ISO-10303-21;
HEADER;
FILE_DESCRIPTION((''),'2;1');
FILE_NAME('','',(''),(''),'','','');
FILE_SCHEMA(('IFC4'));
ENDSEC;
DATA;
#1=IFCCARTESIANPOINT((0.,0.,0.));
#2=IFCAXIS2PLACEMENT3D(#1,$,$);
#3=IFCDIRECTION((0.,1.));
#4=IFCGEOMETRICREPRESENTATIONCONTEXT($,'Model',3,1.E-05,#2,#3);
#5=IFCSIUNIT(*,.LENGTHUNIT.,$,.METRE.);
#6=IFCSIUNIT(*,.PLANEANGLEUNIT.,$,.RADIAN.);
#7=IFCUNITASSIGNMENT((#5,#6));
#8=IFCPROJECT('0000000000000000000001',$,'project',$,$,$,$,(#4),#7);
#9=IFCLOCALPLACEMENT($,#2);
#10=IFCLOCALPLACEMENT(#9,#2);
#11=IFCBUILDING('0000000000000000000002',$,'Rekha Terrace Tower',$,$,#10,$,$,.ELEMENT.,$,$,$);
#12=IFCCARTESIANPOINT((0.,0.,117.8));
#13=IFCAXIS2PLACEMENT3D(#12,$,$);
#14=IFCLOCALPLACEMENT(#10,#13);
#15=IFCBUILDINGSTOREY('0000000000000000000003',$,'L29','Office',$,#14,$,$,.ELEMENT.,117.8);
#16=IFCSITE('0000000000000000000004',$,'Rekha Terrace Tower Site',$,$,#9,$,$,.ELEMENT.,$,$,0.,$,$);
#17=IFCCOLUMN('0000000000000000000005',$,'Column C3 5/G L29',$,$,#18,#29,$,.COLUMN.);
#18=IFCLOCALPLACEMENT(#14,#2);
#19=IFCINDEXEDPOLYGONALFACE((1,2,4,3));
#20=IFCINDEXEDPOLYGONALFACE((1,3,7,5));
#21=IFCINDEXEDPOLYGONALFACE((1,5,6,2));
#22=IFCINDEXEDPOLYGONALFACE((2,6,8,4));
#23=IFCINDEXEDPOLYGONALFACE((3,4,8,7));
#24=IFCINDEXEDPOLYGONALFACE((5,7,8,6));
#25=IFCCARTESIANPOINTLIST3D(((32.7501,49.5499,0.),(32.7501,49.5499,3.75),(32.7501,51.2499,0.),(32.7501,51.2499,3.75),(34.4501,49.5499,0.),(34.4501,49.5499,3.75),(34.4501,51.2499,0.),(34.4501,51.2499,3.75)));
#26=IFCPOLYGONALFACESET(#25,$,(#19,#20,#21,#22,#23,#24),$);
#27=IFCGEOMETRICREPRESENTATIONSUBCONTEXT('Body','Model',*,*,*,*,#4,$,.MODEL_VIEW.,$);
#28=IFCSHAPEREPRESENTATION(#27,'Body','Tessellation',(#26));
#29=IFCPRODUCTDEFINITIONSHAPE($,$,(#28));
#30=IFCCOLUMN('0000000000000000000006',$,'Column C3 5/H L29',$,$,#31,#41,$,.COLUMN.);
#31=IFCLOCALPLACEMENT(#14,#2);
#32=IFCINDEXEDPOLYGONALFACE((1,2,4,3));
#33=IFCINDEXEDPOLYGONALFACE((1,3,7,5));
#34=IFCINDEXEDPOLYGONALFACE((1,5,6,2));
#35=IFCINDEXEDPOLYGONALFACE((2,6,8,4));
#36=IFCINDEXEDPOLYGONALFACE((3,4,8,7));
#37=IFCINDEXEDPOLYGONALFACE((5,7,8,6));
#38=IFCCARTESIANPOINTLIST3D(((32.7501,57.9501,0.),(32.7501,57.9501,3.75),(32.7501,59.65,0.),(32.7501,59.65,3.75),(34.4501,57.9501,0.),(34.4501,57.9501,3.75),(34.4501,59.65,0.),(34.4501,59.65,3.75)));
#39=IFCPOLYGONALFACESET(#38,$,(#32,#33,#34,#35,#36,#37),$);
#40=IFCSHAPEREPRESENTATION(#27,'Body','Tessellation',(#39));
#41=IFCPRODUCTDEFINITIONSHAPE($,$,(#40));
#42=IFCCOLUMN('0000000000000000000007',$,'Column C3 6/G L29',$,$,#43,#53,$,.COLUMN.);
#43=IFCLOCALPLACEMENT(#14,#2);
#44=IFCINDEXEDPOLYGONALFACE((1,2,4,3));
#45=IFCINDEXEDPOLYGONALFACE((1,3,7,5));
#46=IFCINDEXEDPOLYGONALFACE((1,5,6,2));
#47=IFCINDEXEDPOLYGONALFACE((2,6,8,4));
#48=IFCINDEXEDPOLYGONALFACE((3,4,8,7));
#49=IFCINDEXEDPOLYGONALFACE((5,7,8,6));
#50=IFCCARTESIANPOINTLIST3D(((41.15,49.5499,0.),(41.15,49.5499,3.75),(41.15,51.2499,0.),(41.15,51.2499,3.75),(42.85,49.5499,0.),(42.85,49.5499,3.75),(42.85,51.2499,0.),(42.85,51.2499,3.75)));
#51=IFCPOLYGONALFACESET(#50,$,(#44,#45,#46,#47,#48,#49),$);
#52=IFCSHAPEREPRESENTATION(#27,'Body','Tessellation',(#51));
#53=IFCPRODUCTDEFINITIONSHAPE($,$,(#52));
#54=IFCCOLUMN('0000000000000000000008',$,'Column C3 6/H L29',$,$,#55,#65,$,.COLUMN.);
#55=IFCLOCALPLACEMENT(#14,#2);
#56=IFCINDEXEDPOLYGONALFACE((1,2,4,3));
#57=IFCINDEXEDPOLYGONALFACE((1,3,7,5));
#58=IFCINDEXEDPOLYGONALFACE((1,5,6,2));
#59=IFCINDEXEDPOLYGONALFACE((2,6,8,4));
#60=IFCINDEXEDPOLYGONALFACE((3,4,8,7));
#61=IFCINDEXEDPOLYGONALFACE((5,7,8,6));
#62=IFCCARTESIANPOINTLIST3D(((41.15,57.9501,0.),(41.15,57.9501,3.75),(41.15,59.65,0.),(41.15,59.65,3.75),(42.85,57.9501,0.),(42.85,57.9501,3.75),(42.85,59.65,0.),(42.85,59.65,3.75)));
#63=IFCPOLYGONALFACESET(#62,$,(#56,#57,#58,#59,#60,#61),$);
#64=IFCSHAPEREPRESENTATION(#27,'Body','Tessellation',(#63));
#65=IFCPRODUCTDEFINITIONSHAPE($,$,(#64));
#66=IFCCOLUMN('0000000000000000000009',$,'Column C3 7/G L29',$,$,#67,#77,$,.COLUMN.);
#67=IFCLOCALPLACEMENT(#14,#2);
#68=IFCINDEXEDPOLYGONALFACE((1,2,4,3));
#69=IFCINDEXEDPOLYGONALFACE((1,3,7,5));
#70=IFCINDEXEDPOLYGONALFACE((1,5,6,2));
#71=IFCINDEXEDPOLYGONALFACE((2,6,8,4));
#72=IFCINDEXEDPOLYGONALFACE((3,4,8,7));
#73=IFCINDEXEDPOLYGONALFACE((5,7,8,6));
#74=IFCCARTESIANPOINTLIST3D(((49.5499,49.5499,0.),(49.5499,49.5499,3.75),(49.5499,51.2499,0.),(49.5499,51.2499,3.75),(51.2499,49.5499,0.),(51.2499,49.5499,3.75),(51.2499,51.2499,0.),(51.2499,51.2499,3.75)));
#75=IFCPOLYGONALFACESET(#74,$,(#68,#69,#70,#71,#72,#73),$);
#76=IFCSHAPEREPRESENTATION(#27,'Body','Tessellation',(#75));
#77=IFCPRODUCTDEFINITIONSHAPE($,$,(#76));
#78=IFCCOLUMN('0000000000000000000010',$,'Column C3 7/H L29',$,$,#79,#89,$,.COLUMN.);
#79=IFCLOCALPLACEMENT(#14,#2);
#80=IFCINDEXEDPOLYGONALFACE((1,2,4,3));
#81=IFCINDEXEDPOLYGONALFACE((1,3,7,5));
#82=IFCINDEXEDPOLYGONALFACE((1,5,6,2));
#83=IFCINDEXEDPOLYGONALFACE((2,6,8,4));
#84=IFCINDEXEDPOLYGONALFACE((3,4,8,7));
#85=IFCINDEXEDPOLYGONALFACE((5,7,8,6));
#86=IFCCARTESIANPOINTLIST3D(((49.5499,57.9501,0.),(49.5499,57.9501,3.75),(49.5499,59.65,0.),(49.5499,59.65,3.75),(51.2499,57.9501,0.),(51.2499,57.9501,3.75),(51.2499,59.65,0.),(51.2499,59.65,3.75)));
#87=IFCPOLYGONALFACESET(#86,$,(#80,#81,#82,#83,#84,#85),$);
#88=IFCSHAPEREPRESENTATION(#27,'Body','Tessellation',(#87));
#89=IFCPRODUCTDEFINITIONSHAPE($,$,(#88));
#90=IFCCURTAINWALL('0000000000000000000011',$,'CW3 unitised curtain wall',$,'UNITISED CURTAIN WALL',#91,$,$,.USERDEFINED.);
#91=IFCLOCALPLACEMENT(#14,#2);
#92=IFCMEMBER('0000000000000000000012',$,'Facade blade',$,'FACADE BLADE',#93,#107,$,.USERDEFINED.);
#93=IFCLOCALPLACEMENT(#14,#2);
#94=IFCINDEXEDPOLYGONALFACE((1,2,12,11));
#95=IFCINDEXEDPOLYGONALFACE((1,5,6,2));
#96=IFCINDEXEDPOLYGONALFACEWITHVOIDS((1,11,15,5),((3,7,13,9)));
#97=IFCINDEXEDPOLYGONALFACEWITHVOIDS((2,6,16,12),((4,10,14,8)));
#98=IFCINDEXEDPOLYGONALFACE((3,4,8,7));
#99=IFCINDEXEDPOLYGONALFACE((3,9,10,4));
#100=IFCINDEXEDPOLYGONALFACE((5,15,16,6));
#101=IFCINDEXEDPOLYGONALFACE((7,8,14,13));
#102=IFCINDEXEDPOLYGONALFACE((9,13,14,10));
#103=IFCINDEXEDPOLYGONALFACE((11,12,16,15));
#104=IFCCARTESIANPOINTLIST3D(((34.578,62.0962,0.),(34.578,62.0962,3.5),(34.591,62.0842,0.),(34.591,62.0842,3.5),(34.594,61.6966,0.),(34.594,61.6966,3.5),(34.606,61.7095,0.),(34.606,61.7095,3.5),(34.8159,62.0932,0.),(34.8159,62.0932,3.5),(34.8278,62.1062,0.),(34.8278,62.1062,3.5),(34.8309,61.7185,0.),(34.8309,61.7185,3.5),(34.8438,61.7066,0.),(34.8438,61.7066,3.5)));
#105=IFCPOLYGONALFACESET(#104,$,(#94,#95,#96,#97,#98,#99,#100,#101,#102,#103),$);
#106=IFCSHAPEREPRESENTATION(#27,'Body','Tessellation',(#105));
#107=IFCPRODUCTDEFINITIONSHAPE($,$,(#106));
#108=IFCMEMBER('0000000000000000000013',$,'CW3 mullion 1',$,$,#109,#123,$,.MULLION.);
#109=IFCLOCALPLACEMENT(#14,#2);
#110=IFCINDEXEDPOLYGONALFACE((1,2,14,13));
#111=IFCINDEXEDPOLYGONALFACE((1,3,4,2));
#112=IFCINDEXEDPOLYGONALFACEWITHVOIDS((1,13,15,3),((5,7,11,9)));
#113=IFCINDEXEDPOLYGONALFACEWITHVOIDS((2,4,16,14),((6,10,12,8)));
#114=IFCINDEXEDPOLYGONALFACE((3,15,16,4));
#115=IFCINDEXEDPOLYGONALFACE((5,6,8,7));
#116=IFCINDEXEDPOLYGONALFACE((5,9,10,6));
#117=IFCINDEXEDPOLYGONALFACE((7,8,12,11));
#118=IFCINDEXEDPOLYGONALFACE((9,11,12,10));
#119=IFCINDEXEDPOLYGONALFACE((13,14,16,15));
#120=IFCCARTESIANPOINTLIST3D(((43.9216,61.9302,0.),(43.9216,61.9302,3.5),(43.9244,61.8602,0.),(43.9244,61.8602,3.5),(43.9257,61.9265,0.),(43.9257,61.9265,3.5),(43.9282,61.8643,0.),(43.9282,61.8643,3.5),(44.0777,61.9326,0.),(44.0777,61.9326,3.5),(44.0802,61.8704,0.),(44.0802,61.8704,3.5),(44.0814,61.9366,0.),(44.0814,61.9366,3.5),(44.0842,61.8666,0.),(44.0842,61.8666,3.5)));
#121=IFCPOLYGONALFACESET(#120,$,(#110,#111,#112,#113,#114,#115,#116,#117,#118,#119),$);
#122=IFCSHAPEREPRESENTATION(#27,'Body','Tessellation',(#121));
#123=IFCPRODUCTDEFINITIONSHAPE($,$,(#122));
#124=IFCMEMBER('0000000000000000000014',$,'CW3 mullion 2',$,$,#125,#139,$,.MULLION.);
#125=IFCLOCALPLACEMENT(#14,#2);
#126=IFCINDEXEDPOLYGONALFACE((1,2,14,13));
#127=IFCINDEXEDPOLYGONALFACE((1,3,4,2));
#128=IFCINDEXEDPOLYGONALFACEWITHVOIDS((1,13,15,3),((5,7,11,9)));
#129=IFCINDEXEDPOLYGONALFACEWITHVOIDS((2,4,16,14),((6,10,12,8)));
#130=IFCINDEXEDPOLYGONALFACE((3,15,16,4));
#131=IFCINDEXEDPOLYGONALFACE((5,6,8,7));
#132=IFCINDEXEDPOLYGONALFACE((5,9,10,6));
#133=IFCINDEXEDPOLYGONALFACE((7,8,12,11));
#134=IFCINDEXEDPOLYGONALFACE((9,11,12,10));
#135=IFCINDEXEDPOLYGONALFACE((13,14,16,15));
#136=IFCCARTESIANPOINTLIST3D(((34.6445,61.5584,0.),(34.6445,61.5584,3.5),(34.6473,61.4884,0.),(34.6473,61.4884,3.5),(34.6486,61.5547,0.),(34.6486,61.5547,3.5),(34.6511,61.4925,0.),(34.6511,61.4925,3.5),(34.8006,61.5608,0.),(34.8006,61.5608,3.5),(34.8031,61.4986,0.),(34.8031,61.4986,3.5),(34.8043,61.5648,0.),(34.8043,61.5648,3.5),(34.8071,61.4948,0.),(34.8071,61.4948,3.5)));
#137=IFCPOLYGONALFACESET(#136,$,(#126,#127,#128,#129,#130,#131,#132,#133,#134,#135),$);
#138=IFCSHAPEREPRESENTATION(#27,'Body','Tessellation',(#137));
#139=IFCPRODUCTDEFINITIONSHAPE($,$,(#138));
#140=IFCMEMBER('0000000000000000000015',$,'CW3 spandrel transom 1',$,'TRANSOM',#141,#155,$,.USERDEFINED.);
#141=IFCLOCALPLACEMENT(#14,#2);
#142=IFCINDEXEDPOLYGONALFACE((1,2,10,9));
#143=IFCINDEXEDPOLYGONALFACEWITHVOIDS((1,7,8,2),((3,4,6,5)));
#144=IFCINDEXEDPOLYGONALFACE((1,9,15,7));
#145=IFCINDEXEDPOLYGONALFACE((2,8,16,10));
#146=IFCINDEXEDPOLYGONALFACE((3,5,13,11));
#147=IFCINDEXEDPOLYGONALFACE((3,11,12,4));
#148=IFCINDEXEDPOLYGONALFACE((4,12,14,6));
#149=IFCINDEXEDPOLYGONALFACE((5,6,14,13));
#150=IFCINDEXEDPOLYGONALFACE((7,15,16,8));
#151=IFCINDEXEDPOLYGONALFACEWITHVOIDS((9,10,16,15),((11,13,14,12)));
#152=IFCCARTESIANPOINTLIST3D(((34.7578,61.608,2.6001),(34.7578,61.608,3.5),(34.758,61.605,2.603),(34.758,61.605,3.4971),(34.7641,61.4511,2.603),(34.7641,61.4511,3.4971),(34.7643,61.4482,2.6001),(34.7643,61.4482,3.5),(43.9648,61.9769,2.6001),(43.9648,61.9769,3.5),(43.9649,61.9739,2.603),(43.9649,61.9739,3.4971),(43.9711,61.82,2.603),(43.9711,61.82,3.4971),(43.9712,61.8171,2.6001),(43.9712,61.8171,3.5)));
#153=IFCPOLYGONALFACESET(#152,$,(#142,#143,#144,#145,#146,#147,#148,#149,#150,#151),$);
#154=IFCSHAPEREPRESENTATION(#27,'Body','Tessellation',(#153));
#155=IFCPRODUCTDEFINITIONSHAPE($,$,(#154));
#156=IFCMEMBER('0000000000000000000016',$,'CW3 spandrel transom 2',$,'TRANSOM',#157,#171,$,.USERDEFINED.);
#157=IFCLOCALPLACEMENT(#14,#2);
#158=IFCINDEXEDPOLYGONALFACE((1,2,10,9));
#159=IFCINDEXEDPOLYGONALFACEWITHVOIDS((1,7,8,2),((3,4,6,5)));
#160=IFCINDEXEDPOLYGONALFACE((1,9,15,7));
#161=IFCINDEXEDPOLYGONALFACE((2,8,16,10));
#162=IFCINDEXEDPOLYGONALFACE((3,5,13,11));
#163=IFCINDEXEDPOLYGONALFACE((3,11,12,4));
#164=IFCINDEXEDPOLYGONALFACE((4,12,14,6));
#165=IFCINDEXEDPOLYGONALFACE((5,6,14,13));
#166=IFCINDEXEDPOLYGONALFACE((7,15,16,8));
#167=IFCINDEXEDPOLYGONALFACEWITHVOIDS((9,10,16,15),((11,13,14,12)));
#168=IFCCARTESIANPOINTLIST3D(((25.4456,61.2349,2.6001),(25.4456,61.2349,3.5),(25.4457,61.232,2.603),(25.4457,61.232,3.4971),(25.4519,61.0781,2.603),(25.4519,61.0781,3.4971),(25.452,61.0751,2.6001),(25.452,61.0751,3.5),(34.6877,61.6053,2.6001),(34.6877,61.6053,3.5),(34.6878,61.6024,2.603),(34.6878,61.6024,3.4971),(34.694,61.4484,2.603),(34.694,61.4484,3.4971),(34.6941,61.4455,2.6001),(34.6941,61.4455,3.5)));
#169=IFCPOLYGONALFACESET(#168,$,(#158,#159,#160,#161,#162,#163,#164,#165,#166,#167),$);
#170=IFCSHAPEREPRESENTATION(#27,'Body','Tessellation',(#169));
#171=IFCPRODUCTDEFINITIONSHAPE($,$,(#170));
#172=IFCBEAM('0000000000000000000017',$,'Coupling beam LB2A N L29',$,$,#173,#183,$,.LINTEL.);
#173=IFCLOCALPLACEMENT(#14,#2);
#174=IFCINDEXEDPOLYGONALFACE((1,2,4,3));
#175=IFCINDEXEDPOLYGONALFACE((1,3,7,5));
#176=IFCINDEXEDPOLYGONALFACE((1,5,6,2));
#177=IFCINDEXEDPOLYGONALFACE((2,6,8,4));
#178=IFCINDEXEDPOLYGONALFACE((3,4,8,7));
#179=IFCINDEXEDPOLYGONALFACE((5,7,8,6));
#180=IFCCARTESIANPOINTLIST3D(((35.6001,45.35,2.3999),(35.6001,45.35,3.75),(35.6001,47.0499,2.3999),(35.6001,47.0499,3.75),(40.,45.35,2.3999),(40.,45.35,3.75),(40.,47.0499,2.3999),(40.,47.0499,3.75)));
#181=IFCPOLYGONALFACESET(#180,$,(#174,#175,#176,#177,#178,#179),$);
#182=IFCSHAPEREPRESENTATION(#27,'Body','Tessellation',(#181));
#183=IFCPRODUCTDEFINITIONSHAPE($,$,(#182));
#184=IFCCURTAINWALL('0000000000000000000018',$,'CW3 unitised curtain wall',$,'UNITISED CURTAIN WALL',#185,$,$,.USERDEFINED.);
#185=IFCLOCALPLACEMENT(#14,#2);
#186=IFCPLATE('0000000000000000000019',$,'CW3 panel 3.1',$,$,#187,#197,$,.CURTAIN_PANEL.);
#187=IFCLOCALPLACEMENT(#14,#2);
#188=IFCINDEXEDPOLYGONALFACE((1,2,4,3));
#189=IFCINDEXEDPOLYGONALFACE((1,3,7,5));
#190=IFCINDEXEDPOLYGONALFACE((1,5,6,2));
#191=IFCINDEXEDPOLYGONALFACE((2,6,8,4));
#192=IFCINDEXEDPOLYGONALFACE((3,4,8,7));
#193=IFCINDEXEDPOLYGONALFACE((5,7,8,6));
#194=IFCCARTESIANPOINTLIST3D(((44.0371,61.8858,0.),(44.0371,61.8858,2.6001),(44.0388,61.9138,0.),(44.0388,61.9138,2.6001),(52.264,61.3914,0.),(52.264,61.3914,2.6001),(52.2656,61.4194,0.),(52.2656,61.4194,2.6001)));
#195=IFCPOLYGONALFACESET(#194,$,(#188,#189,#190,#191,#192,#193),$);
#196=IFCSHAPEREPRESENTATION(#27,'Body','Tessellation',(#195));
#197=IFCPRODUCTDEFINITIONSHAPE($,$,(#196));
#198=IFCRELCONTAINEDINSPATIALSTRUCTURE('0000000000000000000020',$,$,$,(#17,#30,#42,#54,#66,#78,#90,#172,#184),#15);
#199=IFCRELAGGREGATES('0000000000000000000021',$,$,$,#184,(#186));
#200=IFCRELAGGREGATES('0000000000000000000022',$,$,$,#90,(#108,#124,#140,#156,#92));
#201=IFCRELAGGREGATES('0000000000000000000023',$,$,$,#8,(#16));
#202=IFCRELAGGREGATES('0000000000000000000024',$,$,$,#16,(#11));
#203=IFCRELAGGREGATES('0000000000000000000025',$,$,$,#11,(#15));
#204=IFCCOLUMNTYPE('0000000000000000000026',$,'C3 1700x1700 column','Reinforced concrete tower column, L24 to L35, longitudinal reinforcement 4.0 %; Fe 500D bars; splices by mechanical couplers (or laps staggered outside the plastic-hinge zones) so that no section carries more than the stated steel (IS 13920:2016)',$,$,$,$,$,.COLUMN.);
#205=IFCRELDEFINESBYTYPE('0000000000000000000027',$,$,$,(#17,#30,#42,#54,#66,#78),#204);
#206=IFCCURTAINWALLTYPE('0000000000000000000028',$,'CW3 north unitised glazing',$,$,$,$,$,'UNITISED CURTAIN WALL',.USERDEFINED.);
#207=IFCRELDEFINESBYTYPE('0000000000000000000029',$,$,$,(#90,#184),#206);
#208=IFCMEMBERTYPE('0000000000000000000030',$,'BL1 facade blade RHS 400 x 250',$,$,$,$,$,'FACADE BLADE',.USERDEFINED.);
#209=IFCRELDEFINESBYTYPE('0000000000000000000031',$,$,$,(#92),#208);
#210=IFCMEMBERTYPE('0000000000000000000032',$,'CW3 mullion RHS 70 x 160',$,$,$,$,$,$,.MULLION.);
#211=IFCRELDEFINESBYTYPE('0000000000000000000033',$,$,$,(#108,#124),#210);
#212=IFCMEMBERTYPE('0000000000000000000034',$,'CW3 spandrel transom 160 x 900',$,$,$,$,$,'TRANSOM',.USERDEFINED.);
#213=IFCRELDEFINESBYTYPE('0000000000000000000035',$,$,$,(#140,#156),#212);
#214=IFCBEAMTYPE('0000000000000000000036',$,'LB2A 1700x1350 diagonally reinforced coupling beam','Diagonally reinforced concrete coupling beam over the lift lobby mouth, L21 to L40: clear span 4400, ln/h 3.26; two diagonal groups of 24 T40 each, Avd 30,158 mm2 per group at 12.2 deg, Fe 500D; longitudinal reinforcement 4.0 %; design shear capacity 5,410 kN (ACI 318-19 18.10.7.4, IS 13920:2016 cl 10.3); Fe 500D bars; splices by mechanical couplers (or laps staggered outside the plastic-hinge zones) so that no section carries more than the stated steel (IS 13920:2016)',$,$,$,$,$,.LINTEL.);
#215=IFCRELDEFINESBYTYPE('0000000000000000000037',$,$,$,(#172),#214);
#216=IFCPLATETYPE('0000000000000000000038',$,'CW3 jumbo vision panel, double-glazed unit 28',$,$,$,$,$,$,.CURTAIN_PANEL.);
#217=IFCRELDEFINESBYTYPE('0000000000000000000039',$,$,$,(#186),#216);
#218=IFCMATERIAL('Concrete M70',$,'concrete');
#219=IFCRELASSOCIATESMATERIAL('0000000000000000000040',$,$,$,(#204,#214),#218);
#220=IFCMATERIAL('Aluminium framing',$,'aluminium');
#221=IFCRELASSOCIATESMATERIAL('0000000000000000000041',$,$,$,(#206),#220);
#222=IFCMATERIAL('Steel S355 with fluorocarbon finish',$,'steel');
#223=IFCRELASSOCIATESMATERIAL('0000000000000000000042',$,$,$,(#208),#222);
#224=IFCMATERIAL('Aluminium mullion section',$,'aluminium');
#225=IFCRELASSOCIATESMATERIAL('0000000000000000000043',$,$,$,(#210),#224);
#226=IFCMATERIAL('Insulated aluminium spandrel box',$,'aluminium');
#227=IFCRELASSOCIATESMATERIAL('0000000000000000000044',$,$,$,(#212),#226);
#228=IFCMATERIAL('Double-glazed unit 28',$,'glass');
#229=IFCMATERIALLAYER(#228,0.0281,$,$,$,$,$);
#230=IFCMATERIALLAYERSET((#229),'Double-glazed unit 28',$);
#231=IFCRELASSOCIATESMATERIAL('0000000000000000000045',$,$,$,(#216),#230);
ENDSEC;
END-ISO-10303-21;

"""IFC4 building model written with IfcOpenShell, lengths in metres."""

from ifc_helpers import new_model, si_unit, direction, frame, origin, origin_2d, place, context, subcontext, project, spatial, rectangle, hollow_rectangle, extrude, material, layer, layer_set, material_profile, profile_set, type_object, element, aggregate, save


model = new_model("IFC4")

# Units and contexts
model_context = context("Model", 3, precision=1e-05, world=origin(), true_north=direction((0.0, 1.0)))
body_context = subcontext(model_context, "Body", "Model", "MODEL_VIEW")
ifc_project = project(units=[si_unit("LENGTHUNIT", "METRE"), si_unit("PLANEANGLEUNIT", "RADIAN")], contexts=[model_context])

# Site, building, storey
site_placement = place(None, origin())
site = spatial("IfcSite", under=ifc_project, at=site_placement, Name="Rekha Terrace Tower Site", CompositionType="ELEMENT", RefElevation=0.0)
building_placement = place(site_placement, origin())
building = spatial("IfcBuilding", under=site, at=building_placement, Name="Rekha Terrace Tower", CompositionType="ELEMENT")
storey_placement = place(building_placement, frame((0.0, 0.0, 117.8)))
storey = spatial("IfcBuildingStorey", under=building, at=storey_placement, Name="L29", Description="Office", CompositionType="ELEMENT", Elevation=117.8)

# Columns
ifc_material_1 = material(Name="Concrete M70", Category="concrete")
ifc_material_profile_1 = material_profile(ifc_material_1, rectangle(XDim=1.7, YDim=1.7, at=origin_2d()), Name="RC 1700x1700")
ifc_profile_set_1 = profile_set([ifc_material_profile_1], Name="Concrete M70")
column_type = type_object("IfcColumnType", Name="C3 1700x1700 column", Description="Reinforced concrete tower column, L24 to L35, longitudinal reinforcement 4.0 %; Fe 500D bars; splices by mechanical couplers (or laps staggered outside the plastic-hinge zones) so that no section carries more than the stated steel (IS 13920:2016)", PredefinedType="COLUMN", material=ifc_profile_set_1)
for number, where, z_axis, x_axis, name in (
    (1, (33.6001, 50.3999, 0.0), (0.0, 0.0, 1.0), (1.0, 0.0, 0.0), "Column C3 5/G L29"),
    (2, (33.6001, 58.8, 0.0), (0.0, 0.0, 1.0), (1.0, 0.0, 0.0), "Column C3 5/H L29"),
    (3, (42.0, 50.3999, 0.0), (0.0, 0.0, 1.0), (1.0, 0.0, 0.0), "Column C3 6/G L29"),
    (4, (42.0, 58.8, 0.0), (0.0, 0.0, 1.0), (1.0, 0.0, 0.0), "Column C3 6/H L29"),
    (5, (50.3999, 50.3999, 0.0), (0.0, 0.0, 1.0), (1.0, 0.0, 0.0), "Column C3 7/G L29"),
    (6, (50.3999, 58.8, 0.0), (0.0, 0.0, 1.0), (1.0, 0.0, 0.0), "Column C3 7/H L29"),
):
    element("IfcColumn", number, at=place(storey_placement, frame(where, z_axis=z_axis, x_axis=x_axis)), inside=storey, type_object=column_type, Name=name, PredefinedType="COLUMN", context=body_context, shape_type="SweptSolid", body=[
        extrude(rectangle(XDim=1.7, YDim=1.7, at=origin_2d()), origin(), (0.0, 0.0, 1.0), 3.75),
    ])

# Curtain wall, members
ifc_material_2 = material(Name="Aluminium framing", Category="aluminium")
curtain_wall_type = type_object("IfcCurtainWallType", Name="CW3 north unitised glazing", ElementType="UNITISED CURTAIN WALL", PredefinedType="USERDEFINED", material=ifc_material_2)
curtain_wall_1_placement = place(storey_placement, origin())
curtain_wall_1 = element("IfcCurtainWall", 7, at=curtain_wall_1_placement, inside=storey, type_object=curtain_wall_type, Name="CW3 unitised curtain wall", ObjectType="UNITISED CURTAIN WALL", PredefinedType="USERDEFINED")
ifc_material_3 = material(Name="Steel S355 with fluorocarbon finish", Category="steel")
ifc_material_profile_2 = material_profile(ifc_material_3, hollow_rectangle(XDim=0.25, YDim=0.3999, WallThickness=0.0125, at=origin_2d()), Name="RHS400x250x12.5")
ifc_profile_set_2 = profile_set([ifc_material_profile_2], Name="Steel S355 with fluorocarbon finish")
member_type_1 = type_object("IfcMemberType", Name="BL1 facade blade RHS 400 x 250", ElementType="FACADE BLADE", PredefinedType="USERDEFINED", material=ifc_profile_set_2)
member_1_placement = place(storey_placement, frame((34.7109, 61.9014, 0.0), z_axis=(0.0, 0.0, 1.0), x_axis=(-0.999198, -0.040032, 0.0)))
member_1 = element("IfcMember", 8, at=member_1_placement, type_object=member_type_1, Name="Facade blade", ObjectType="FACADE BLADE", PredefinedType="USERDEFINED", context=body_context, shape_type="SweptSolid", body=[
    extrude(hollow_rectangle(XDim=0.25, YDim=0.3999, WallThickness=0.0125, at=origin_2d()), origin(), (0.0, 0.0, 1.0), 3.5),
])
ifc_material_4 = material(Name="Aluminium mullion section", Category="aluminium")
ifc_material_profile_3 = material_profile(ifc_material_4, hollow_rectangle(XDim=0.0701, YDim=0.1599, WallThickness=0.0039, at=origin_2d()), Name="AL RHS 70x160")
ifc_profile_set_3 = profile_set([ifc_material_profile_3], Name="Aluminium mullion section")
member_type_2 = type_object("IfcMemberType", Name="CW3 mullion RHS 70 x 160", PredefinedType="MULLION", material=ifc_profile_set_3)
member_2_placement = place(storey_placement, frame((44.0029, 61.8984, 0.0), z_axis=(0.0, 0.0, 1.0), x_axis=(0.040032, -0.999198, 0.0)))
member_2 = element("IfcMember", 9, at=member_2_placement, type_object=member_type_2, Name="CW3 mullion 1", PredefinedType="MULLION", context=body_context, shape_type="SweptSolid", body=[
    extrude(hollow_rectangle(XDim=0.0701, YDim=0.1599, WallThickness=0.0039, at=origin_2d()), origin(), (0.0, 0.0, 1.0), 3.5),
])
member_3_placement = place(storey_placement, frame((34.7258, 61.5266, 0.0), z_axis=(0.0, 0.0, 1.0), x_axis=(0.040032, -0.999198, 0.0)))
member_3 = element("IfcMember", 10, at=member_3_placement, type_object=member_type_2, Name="CW3 mullion 2", PredefinedType="MULLION", context=body_context, shape_type="SweptSolid", body=[
    extrude(hollow_rectangle(XDim=0.0701, YDim=0.1599, WallThickness=0.0039, at=origin_2d()), origin(), (0.0, 0.0, 1.0), 3.5),
])
ifc_material_5 = material(Name="Insulated aluminium spandrel box", Category="aluminium")
ifc_material_profile_4 = material_profile(ifc_material_5, hollow_rectangle(XDim=0.1599, YDim=0.8999, WallThickness=0.0029, at=origin_2d()), Name="AL SPANDREL BOX 160x900")
ifc_profile_set_4 = profile_set([ifc_material_profile_4], Name="Insulated aluminium spandrel box")
member_type_3 = type_object("IfcMemberType", Name="CW3 spandrel transom 160 x 900", ElementType="TRANSOM", PredefinedType="USERDEFINED", material=ifc_profile_set_4)
member_4_placement = place(storey_placement, frame((43.968, 61.897, 3.05), z_axis=(-0.999198, -0.040035, 0.0), x_axis=(0.040035, -0.999198, 0.0)))
member_4 = element("IfcMember", 11, at=member_4_placement, type_object=member_type_3, Name="CW3 spandrel transom 1", ObjectType="TRANSOM", PredefinedType="USERDEFINED", context=body_context, shape_type="SweptSolid", body=[
    extrude(hollow_rectangle(XDim=0.1599, YDim=0.8999, WallThickness=0.0029, at=origin_2d()), origin(), (0.0, 0.0, 1.0), 9.2144),
])
member_5_placement = place(storey_placement, frame((34.6909, 61.5254, 3.05), z_axis=(-0.999198, -0.040041, 0.0), x_axis=(0.040041, -0.999198, 0.0)))
member_5 = element("IfcMember", 12, at=member_5_placement, type_object=member_type_3, Name="CW3 spandrel transom 2", ObjectType="TRANSOM", PredefinedType="USERDEFINED", context=body_context, shape_type="SweptSolid", body=[
    extrude(hollow_rectangle(XDim=0.1599, YDim=0.8999, WallThickness=0.0029, at=origin_2d()), origin(), (0.0, 0.0, 1.0), 9.2495),
])

# Beam
ifc_material_profile_5 = material_profile(ifc_material_1, rectangle(XDim=1.7, YDim=1.3501, at=origin_2d()), Name="RC 1700x1350")
ifc_profile_set_5 = profile_set([ifc_material_profile_5], Name="Concrete M70")
beam_type = type_object("IfcBeamType", Name="LB2A 1700x1350 diagonally reinforced coupling beam", Description="Diagonally reinforced concrete coupling beam over the lift lobby mouth, L21 to L40: clear span 4400, ln/h 3.26; two diagonal groups of 24 T40 each, Avd 30,158 mm2 per group at 12.2 deg, Fe 500D; longitudinal reinforcement 4.0 %; design shear capacity 5,410 kN (ACI 318-19 18.10.7.4, IS 13920:2016 cl 10.3); Fe 500D bars; splices by mechanical couplers (or laps staggered outside the plastic-hinge zones) so that no section carries more than the stated steel (IS 13920:2016)", PredefinedType="LINTEL", material=ifc_profile_set_5)
beam_placement = place(storey_placement, frame((35.6001, 46.2, 3.075), z_axis=(1.0, 0.0, 0.0), x_axis=(0.0, 1.0, 0.0)))
element("IfcBeam", 13, at=beam_placement, inside=storey, type_object=beam_type, Name="Coupling beam LB2A N L29", PredefinedType="LINTEL", context=body_context, shape_type="SweptSolid", body=[
    extrude(rectangle(XDim=1.7, YDim=1.3501, at=origin_2d()), origin(), (0.0, 0.0, 1.0), 4.3999),
])

# Curtain wall, plate
curtain_wall_2_placement = place(storey_placement, origin())
curtain_wall_2 = element("IfcCurtainWall", 14, at=curtain_wall_2_placement, inside=storey, type_object=curtain_wall_type, Name="CW3 unitised curtain wall", ObjectType="UNITISED CURTAIN WALL", PredefinedType="USERDEFINED")
ifc_material_6 = material(Name="Double-glazed unit 28", Category="glass")
ifc_layer_1 = layer(ifc_material_6, 0.0281)
ifc_layer_set_1 = layer_set([ifc_layer_1], Name="Double-glazed unit 28")
plate_type = type_object("IfcPlateType", Name="CW3 jumbo vision panel, double-glazed unit 28", PredefinedType="CURTAIN_PANEL", material=ifc_layer_set_1)
plate_1_placement = place(storey_placement, frame((48.1514, 61.6526, 0.0), z_axis=(0.0, 0.0, 1.0), x_axis=(-0.998199, 0.059988, 0.0)))
plate_1 = element("IfcPlate", 15, at=plate_1_placement, type_object=plate_type, Name="CW3 panel 3.1", PredefinedType="CURTAIN_PANEL", context=body_context, shape_type="SweptSolid", body=[
    extrude(rectangle(XDim=8.2417, YDim=0.0281, at=origin_2d()), origin(), (0.0, 0.0, 1.0), 2.6001),
])
aggregate(curtain_wall_2, [plate_1])

aggregate(curtain_wall_1, [member_2, member_3, member_4, member_5, member_1])

save(model, "model.ifc")
